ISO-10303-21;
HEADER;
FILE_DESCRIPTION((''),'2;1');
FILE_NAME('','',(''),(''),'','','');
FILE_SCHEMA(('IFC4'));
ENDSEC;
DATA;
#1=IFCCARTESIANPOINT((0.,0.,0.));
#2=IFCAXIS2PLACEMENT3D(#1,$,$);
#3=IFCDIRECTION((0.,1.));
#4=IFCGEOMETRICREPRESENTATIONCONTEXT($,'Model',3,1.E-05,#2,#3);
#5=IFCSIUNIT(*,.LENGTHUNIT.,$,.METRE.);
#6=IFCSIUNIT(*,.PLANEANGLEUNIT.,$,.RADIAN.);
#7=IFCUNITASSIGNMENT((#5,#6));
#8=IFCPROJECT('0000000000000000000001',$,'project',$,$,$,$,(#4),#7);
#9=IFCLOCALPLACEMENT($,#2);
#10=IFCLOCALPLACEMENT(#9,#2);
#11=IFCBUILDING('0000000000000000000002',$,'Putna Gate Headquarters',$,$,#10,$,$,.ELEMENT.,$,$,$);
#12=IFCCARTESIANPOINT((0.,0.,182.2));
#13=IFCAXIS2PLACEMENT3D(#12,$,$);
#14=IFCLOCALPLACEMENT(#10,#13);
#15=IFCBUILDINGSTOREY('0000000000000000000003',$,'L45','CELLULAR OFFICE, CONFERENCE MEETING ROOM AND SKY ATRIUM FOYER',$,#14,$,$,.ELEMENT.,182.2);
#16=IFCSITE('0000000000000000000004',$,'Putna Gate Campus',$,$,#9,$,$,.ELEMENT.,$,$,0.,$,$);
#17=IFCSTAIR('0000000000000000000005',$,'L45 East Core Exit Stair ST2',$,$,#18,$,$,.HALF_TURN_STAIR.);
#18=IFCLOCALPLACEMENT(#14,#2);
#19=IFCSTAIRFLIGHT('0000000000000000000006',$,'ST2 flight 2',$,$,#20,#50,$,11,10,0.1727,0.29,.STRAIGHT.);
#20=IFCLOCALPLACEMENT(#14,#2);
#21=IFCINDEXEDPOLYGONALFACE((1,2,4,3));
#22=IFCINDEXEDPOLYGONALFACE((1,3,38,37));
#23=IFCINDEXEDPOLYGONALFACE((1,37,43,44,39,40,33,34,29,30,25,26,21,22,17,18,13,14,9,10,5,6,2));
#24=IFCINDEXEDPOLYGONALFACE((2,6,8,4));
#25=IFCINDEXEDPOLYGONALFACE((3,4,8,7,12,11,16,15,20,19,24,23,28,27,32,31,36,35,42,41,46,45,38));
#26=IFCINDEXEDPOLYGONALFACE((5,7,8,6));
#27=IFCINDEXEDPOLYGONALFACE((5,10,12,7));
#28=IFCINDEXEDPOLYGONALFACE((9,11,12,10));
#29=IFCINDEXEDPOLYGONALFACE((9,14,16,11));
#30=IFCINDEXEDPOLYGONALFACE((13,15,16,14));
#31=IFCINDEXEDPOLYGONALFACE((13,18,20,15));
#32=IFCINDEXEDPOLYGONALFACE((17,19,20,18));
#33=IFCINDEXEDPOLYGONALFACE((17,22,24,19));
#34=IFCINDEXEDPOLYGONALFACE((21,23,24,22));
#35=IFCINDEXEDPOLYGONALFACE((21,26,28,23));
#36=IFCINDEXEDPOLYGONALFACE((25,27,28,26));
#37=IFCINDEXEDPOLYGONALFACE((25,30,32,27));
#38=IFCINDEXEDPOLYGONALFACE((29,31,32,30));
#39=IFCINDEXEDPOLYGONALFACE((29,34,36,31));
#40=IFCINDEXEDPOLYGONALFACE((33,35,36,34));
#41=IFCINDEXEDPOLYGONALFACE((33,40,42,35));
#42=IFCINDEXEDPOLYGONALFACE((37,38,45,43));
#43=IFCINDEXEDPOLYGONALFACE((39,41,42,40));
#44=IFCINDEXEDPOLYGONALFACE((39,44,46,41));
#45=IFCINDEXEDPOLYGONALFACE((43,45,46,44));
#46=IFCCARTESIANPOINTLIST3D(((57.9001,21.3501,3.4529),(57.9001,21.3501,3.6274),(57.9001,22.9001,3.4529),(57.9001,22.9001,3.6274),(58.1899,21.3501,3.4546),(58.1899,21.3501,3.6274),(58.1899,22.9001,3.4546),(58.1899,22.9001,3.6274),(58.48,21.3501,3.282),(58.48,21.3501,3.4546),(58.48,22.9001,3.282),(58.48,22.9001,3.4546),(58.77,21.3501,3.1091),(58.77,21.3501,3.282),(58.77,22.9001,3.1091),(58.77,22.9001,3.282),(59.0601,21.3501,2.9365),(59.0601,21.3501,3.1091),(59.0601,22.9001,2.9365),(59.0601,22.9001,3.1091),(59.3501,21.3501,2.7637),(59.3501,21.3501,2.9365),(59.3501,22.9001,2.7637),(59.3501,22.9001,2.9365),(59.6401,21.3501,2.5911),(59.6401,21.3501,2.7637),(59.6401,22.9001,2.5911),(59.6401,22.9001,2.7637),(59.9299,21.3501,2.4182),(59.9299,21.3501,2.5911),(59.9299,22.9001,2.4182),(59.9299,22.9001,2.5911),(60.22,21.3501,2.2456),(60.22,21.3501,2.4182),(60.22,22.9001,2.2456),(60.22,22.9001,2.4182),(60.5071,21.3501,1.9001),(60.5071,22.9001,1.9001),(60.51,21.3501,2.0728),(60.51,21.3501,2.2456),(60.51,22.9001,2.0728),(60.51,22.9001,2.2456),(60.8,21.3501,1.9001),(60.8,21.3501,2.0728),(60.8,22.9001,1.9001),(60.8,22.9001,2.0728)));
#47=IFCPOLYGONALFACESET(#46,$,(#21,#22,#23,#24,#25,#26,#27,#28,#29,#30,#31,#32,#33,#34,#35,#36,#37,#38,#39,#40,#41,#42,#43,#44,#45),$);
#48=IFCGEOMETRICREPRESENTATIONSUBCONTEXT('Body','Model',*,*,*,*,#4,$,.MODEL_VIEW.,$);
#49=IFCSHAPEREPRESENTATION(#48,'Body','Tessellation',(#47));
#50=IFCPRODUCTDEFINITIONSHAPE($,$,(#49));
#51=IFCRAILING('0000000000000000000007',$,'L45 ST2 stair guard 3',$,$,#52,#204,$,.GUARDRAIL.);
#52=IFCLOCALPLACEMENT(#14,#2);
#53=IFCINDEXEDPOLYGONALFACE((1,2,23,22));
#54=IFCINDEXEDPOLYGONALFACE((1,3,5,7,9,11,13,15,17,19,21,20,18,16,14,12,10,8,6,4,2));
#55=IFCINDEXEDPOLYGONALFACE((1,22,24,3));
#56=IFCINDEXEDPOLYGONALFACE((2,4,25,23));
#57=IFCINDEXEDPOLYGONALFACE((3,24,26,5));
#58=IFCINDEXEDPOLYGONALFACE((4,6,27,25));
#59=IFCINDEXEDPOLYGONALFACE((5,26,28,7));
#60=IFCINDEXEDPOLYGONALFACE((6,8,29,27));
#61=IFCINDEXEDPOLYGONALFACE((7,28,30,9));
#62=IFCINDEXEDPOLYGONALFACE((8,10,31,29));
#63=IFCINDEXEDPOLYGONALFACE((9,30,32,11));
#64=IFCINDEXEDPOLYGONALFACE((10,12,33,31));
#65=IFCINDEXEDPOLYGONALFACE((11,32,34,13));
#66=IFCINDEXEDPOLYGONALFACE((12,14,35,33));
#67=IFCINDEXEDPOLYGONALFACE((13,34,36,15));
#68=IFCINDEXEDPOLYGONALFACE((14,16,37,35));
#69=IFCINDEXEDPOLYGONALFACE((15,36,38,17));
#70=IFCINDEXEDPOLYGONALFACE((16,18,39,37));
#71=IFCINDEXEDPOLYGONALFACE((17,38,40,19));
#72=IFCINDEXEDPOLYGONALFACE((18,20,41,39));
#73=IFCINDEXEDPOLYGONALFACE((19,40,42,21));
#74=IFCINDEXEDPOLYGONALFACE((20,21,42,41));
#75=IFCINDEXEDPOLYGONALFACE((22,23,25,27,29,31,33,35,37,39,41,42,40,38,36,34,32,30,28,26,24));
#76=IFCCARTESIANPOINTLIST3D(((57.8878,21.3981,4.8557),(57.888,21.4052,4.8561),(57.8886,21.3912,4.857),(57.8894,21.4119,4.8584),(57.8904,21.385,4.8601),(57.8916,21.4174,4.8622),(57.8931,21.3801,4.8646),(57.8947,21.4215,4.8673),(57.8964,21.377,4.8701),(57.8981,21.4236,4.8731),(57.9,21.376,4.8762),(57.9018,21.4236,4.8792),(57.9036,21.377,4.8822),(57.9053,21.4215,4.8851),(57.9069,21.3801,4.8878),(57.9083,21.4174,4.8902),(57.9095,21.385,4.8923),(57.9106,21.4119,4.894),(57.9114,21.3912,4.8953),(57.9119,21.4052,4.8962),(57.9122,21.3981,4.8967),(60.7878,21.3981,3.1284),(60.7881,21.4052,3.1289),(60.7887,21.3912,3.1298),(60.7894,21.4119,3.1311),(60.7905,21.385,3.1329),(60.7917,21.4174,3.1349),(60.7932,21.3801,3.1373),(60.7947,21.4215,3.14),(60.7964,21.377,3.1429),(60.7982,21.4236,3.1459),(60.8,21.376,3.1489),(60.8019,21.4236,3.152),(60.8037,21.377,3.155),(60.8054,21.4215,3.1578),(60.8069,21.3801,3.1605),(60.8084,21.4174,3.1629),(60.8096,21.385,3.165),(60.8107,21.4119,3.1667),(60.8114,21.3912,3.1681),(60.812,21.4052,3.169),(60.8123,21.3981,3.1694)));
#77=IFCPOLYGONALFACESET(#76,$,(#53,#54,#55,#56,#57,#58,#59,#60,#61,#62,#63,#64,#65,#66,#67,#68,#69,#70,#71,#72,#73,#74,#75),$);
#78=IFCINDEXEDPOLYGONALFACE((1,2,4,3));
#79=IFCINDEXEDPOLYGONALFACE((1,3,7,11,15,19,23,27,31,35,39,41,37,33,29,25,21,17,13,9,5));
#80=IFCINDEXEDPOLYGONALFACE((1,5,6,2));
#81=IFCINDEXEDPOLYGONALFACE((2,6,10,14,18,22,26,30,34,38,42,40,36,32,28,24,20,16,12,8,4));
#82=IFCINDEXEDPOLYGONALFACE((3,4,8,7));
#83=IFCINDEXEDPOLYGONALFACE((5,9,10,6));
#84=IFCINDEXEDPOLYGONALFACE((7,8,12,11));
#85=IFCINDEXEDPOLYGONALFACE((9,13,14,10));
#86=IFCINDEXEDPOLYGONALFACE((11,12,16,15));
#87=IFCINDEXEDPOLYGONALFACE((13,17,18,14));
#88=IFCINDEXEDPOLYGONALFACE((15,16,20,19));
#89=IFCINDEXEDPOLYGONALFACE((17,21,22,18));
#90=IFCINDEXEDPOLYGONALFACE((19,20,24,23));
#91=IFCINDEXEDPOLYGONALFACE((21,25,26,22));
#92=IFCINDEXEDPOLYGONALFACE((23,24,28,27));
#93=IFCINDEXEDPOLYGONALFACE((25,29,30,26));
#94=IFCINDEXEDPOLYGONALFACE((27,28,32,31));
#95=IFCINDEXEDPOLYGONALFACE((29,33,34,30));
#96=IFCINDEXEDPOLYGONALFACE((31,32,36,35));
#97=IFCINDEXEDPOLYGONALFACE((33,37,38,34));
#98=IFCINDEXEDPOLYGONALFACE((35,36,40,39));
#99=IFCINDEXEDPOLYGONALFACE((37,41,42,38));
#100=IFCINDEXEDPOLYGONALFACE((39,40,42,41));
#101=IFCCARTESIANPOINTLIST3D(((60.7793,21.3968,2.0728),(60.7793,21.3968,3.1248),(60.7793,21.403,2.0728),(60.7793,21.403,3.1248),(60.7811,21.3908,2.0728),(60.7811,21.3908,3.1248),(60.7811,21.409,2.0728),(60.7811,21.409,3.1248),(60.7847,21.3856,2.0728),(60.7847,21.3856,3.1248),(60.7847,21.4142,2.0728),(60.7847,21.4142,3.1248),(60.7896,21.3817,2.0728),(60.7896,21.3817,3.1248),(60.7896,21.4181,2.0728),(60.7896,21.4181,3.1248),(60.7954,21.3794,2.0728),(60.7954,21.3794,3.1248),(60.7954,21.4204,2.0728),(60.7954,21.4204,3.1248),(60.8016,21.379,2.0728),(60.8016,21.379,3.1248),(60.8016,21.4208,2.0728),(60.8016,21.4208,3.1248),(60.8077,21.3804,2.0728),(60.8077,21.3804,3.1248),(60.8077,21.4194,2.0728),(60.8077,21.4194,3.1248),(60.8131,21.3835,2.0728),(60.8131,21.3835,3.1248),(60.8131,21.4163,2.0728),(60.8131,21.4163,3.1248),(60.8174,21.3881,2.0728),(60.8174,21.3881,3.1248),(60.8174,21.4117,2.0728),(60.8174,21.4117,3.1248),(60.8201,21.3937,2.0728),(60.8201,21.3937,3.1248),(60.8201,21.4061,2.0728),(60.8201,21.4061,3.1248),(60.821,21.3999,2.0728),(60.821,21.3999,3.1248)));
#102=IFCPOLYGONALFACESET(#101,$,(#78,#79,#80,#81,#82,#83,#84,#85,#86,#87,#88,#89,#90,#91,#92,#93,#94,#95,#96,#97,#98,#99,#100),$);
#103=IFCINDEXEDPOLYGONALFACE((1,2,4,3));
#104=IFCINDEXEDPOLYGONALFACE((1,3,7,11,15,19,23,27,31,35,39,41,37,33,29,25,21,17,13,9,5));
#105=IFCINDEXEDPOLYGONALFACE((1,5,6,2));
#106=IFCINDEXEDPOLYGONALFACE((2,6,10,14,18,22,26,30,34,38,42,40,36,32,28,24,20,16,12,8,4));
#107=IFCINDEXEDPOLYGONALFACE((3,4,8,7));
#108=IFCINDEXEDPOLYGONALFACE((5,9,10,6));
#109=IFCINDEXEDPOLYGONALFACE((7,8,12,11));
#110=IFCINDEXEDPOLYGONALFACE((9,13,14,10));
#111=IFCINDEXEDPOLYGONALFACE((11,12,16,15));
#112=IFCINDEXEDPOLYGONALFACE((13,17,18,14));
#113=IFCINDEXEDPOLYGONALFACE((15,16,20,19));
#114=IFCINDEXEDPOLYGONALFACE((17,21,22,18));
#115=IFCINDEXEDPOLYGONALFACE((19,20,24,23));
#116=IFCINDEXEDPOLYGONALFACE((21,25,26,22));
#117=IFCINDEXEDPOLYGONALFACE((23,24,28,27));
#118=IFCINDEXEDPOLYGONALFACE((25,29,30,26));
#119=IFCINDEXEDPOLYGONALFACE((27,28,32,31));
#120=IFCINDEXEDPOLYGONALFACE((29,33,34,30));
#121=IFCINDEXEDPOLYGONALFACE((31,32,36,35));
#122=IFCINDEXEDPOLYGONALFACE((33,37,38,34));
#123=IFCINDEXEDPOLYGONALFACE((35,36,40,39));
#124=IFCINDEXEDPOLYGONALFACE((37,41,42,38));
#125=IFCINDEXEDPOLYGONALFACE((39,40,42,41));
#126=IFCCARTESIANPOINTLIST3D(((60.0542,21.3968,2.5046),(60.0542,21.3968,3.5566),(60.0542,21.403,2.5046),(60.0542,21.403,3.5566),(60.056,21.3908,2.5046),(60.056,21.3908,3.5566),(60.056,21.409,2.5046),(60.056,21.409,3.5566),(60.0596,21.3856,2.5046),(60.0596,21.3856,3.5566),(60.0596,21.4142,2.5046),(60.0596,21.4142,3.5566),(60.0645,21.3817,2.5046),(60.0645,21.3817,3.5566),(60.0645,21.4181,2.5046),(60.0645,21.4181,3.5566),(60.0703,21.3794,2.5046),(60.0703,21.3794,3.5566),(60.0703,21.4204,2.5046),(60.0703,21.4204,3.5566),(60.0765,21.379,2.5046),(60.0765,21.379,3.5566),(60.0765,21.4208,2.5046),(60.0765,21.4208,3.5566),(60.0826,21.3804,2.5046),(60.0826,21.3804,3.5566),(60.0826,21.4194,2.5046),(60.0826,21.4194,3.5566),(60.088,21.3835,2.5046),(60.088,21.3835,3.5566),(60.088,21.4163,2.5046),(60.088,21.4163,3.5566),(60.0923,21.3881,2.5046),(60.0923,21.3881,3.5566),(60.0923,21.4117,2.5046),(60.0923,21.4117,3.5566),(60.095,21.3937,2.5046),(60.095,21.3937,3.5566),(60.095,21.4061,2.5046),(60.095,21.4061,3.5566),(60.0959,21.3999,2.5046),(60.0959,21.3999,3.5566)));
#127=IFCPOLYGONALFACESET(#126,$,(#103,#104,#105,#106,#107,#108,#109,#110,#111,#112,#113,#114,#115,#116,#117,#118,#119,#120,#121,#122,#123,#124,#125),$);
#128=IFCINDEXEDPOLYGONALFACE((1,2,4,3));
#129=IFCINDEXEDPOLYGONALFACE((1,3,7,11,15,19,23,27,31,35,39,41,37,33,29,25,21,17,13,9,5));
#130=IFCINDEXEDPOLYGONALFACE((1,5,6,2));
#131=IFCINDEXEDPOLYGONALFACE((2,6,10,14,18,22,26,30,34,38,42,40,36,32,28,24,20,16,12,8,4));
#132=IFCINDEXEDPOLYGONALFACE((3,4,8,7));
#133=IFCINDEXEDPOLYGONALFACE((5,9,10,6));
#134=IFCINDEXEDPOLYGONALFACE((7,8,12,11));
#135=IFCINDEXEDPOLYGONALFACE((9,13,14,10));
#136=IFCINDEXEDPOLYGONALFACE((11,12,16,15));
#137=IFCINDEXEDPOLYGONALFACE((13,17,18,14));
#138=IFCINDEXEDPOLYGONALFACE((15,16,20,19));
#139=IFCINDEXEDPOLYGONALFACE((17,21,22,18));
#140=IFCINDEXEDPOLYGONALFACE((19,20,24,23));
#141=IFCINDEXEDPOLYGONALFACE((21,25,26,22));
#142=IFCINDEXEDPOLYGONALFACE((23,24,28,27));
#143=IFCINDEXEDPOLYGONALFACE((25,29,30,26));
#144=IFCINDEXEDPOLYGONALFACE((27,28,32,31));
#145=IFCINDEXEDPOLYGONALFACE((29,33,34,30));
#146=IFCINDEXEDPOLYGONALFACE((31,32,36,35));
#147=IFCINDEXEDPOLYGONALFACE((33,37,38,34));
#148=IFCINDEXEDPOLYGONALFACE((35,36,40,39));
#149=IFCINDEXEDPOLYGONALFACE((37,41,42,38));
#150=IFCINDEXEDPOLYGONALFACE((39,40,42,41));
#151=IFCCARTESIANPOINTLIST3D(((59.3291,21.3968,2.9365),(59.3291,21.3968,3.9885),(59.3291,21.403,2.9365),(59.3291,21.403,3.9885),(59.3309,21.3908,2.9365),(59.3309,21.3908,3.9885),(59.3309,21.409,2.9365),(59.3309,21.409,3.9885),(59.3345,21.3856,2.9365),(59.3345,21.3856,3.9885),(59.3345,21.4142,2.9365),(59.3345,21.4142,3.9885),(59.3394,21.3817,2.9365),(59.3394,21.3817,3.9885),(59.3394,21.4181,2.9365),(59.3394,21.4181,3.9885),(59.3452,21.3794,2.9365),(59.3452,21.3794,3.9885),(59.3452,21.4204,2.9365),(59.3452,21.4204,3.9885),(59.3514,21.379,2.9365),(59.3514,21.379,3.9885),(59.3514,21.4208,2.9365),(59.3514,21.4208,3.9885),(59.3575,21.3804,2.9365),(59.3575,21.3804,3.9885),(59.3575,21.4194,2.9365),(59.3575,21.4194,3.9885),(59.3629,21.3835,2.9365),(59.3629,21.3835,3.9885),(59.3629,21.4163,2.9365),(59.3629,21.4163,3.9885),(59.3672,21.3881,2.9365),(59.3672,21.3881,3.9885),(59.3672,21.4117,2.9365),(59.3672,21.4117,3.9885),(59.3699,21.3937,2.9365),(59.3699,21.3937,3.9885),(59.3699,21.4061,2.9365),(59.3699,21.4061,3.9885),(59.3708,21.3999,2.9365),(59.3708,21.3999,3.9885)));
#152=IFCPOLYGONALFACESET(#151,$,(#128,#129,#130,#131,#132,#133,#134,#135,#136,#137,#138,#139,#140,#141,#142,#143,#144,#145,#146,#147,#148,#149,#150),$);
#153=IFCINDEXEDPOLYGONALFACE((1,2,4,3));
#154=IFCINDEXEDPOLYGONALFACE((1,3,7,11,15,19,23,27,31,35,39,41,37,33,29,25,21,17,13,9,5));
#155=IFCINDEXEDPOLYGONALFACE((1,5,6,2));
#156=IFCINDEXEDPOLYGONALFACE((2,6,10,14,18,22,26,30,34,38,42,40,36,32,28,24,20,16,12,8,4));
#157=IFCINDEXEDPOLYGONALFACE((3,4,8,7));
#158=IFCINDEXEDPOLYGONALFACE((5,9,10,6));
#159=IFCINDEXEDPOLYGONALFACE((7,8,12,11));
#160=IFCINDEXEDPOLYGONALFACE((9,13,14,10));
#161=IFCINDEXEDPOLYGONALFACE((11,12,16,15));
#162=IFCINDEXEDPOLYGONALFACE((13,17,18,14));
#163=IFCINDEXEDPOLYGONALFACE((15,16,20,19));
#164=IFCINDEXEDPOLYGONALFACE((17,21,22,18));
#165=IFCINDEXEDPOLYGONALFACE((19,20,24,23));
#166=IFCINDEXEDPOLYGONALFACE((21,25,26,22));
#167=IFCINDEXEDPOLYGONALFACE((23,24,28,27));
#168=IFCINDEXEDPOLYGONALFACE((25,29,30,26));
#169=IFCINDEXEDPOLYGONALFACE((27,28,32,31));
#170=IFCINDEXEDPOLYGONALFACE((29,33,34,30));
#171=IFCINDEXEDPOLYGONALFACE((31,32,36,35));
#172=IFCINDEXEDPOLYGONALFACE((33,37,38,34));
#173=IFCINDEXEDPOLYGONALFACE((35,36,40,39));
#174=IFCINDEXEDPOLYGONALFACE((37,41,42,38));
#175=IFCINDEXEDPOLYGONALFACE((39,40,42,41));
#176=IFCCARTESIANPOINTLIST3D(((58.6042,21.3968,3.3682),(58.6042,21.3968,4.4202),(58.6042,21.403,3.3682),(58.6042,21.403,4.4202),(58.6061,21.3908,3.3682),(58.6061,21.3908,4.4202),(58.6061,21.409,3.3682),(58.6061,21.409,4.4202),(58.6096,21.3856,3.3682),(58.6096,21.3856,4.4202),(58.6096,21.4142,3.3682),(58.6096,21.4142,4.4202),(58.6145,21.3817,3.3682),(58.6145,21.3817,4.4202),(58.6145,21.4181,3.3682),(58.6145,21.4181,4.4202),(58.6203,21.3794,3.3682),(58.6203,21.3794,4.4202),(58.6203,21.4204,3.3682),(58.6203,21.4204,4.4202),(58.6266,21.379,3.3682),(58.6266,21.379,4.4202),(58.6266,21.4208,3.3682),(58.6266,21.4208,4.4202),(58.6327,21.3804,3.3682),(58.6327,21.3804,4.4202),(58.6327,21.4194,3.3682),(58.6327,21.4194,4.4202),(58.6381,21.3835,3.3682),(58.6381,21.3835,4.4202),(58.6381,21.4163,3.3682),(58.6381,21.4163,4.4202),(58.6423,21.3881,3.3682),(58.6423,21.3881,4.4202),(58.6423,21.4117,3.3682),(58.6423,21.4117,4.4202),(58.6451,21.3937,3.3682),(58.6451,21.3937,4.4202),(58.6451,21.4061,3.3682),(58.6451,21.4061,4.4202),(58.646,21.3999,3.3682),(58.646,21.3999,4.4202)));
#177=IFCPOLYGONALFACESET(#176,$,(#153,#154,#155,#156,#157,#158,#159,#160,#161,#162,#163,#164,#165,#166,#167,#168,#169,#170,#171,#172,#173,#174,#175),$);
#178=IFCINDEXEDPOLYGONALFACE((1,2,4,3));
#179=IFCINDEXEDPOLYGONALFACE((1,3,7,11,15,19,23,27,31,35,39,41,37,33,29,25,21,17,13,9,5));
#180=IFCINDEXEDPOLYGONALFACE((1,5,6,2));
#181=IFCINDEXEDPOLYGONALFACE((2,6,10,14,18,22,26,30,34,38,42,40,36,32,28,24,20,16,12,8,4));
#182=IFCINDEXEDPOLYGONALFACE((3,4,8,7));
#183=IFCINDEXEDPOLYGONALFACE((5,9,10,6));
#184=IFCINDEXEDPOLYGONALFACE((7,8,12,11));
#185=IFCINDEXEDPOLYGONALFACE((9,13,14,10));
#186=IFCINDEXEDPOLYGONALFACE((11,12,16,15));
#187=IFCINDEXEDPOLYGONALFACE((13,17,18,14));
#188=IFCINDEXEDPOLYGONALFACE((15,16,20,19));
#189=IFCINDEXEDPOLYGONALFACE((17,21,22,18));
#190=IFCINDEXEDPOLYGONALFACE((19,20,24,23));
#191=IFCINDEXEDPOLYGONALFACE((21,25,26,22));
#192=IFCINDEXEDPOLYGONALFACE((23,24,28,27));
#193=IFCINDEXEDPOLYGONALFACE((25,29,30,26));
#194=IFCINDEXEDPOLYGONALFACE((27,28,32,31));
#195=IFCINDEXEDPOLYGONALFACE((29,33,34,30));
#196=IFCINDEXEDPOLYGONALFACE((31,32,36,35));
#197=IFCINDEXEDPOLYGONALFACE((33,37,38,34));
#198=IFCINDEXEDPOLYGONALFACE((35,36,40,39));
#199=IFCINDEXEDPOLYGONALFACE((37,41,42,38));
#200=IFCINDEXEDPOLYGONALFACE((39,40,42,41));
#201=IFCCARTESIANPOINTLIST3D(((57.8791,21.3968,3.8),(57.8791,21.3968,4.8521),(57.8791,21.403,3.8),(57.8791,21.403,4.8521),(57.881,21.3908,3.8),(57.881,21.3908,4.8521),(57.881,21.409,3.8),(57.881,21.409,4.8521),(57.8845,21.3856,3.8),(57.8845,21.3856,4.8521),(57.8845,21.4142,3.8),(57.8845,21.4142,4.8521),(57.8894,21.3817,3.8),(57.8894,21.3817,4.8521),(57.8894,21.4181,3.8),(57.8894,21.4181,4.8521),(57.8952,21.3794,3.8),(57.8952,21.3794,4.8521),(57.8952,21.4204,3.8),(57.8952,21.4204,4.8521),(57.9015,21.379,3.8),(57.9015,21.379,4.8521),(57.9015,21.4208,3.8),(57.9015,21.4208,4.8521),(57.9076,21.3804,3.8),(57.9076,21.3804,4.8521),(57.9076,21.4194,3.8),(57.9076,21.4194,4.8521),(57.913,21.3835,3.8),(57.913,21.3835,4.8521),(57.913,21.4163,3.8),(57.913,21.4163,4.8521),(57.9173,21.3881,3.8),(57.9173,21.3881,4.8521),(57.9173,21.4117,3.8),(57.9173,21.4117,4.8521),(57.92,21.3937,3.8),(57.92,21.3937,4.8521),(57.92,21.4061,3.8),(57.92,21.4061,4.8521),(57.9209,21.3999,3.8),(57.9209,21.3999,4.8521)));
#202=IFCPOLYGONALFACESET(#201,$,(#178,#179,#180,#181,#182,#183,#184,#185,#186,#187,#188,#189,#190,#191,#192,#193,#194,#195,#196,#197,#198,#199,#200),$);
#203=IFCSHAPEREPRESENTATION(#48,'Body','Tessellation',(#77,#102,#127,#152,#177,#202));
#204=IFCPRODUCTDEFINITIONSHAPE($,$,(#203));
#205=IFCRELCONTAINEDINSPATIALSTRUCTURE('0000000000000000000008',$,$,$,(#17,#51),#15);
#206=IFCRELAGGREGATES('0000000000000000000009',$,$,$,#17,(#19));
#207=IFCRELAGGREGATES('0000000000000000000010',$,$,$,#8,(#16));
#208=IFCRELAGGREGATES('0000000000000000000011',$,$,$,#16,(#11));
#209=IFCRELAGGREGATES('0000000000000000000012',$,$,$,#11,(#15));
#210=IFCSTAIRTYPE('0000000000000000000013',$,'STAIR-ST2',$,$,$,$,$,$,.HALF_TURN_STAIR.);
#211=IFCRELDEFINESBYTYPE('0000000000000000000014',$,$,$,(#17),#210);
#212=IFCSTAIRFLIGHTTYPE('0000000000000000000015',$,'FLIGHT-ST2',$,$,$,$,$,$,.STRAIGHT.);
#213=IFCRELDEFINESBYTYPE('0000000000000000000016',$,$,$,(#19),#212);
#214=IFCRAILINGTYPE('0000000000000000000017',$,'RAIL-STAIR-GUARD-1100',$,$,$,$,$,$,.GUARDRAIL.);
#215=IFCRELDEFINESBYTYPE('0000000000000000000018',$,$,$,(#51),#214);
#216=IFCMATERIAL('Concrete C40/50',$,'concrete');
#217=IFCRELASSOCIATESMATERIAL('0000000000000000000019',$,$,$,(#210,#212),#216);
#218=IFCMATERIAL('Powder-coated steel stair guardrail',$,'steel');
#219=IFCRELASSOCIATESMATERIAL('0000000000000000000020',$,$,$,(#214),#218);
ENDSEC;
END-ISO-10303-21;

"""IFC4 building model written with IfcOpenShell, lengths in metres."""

from ifc_helpers import new_model, si_unit, direction, frame, origin, origin_2d, place, context, subcontext, project, spatial, polyline, circle, outline, extrude, material, type_object, element, aggregate, save


model = new_model("IFC4")

# Units and contexts
model_context = context("Model", 3, precision=1e-05, world=origin(), true_north=direction((0.0, 1.0)))
body_context = subcontext(model_context, "Body", "Model", "MODEL_VIEW")
ifc_project = project(units=[si_unit("LENGTHUNIT", "METRE"), si_unit("PLANEANGLEUNIT", "RADIAN")], contexts=[model_context])

# Site, building, storey
site_placement = place(None, origin())
site = spatial("IfcSite", under=ifc_project, at=site_placement, Name="Putna Gate Campus", CompositionType="ELEMENT", RefElevation=0.0)
building_placement = place(site_placement, origin())
building = spatial("IfcBuilding", under=site, at=building_placement, Name="Putna Gate Headquarters", CompositionType="ELEMENT")
storey_placement = place(building_placement, frame((0.0, 0.0, 182.2)))
storey = spatial("IfcBuildingStorey", under=building, at=storey_placement, Name="L45", Description="CELLULAR OFFICE, CONFERENCE MEETING ROOM AND SKY ATRIUM FOYER", CompositionType="ELEMENT", Elevation=182.2)

# Shared definitions
ifc_material_1 = material(Name="Concrete C40/50", Category="concrete")

# Stair, stair flight
stair_type = type_object("IfcStairType", Name="STAIR-ST2", PredefinedType="HALF_TURN_STAIR", material=ifc_material_1)
stair_placement = place(storey_placement, origin())
stair = element("IfcStair", 1, at=stair_placement, inside=storey, type_object=stair_type, Name="L45 East Core Exit Stair ST2", PredefinedType="HALF_TURN_STAIR")
stair_flight_type = type_object("IfcStairFlightType", Name="FLIGHT-ST2", PredefinedType="STRAIGHT", material=ifc_material_1)
stair_flight_placement = place(storey_placement, frame((60.8, 22.125, 1.9001), z_axis=(0.0, 0.0, 1.0), x_axis=(-1.0, 0.0, 0.0)))
stair_flight = element("IfcStairFlight", 2, at=stair_flight_placement, type_object=stair_flight_type, Name="ST2 flight 2", NumberOfRisers=11, NumberOfTreads=10, PredefinedType="STRAIGHT", RiserHeight=0.1727, TreadLength=0.29, context=body_context, shape_type="SweptSolid", body=[
    extrude(outline(polyline([(0.0, 0.0), (0.0, 0.1726), (0.29, 0.1726), (0.29, 0.3455), (0.5801, 0.3455), (0.5801, 0.5181), (0.8701, 0.5181), (0.8701, 0.6909), (1.1599, 0.6909), (1.1599, 0.8635), (1.45, 0.8635), (1.45, 1.0364), (1.74, 1.0364), (1.74, 1.209), (2.03, 1.209), (2.03, 1.3818), (2.3201, 1.3818), (2.3201, 1.5544), (2.6101, 1.5544), (2.6101, 1.7273), (2.8999, 1.7273), (2.8999, 1.8999), (2.8999, 1.5527), (0.293, 0.0), (0.0, 0.0)])), frame((0.0, 0.7749, 0.0), z_axis=(0.0, -1.0, 0.0), x_axis=(1.0, 0.0, 0.0)), (0.0, 0.0, 1.0), 1.55),
])
aggregate(stair, [stair_flight])

# Railing
ifc_material_2 = material(Name="Powder-coated steel stair guardrail", Category="steel")
railing_type_1 = type_object("IfcRailingType", Name="RAIL-STAIR-GUARD-1100", PredefinedType="GUARDRAIL", material=ifc_material_2)
railing_1_placement = place(storey_placement, frame((60.8, 21.3999, 2.0728)))
element("IfcRailing", 3, at=railing_1_placement, inside=storey, type_object=railing_type_1, Name="L45 ST2 stair guard 3", PredefinedType="GUARDRAIL", context=body_context, shape_type="SweptSolid", body=[
    extrude(circle(Radius=0.0239, at=origin_2d()), frame((0.0, 0.0, 1.0762), z_axis=(-0.85916, 0.0, 0.511706), x_axis=(0.0, -1.0, 0.0)), (0.0, 0.0, 1.0), 3.3755),
    extrude(circle(Radius=0.021, at=origin_2d()), origin(), (0.0, 0.0, 1.0), 1.052),
    extrude(circle(Radius=0.021, at=origin_2d()), frame((-0.7251, 0.0, 0.4319)), (0.0, 0.0, 1.0), 1.052),
    extrude(circle(Radius=0.021, at=origin_2d()), frame((-1.4502, 0.0, 0.8638)), (0.0, 0.0, 1.0), 1.052),
    extrude(circle(Radius=0.021, at=origin_2d()), frame((-2.175, 0.0, 1.2954)), (0.0, 0.0, 1.0), 1.052),
    extrude(circle(Radius=0.021, at=origin_2d()), frame((-2.9001, 0.0, 1.7273)), (0.0, 0.0, 1.0), 1.052),
])

save(model, "model.ifc")
